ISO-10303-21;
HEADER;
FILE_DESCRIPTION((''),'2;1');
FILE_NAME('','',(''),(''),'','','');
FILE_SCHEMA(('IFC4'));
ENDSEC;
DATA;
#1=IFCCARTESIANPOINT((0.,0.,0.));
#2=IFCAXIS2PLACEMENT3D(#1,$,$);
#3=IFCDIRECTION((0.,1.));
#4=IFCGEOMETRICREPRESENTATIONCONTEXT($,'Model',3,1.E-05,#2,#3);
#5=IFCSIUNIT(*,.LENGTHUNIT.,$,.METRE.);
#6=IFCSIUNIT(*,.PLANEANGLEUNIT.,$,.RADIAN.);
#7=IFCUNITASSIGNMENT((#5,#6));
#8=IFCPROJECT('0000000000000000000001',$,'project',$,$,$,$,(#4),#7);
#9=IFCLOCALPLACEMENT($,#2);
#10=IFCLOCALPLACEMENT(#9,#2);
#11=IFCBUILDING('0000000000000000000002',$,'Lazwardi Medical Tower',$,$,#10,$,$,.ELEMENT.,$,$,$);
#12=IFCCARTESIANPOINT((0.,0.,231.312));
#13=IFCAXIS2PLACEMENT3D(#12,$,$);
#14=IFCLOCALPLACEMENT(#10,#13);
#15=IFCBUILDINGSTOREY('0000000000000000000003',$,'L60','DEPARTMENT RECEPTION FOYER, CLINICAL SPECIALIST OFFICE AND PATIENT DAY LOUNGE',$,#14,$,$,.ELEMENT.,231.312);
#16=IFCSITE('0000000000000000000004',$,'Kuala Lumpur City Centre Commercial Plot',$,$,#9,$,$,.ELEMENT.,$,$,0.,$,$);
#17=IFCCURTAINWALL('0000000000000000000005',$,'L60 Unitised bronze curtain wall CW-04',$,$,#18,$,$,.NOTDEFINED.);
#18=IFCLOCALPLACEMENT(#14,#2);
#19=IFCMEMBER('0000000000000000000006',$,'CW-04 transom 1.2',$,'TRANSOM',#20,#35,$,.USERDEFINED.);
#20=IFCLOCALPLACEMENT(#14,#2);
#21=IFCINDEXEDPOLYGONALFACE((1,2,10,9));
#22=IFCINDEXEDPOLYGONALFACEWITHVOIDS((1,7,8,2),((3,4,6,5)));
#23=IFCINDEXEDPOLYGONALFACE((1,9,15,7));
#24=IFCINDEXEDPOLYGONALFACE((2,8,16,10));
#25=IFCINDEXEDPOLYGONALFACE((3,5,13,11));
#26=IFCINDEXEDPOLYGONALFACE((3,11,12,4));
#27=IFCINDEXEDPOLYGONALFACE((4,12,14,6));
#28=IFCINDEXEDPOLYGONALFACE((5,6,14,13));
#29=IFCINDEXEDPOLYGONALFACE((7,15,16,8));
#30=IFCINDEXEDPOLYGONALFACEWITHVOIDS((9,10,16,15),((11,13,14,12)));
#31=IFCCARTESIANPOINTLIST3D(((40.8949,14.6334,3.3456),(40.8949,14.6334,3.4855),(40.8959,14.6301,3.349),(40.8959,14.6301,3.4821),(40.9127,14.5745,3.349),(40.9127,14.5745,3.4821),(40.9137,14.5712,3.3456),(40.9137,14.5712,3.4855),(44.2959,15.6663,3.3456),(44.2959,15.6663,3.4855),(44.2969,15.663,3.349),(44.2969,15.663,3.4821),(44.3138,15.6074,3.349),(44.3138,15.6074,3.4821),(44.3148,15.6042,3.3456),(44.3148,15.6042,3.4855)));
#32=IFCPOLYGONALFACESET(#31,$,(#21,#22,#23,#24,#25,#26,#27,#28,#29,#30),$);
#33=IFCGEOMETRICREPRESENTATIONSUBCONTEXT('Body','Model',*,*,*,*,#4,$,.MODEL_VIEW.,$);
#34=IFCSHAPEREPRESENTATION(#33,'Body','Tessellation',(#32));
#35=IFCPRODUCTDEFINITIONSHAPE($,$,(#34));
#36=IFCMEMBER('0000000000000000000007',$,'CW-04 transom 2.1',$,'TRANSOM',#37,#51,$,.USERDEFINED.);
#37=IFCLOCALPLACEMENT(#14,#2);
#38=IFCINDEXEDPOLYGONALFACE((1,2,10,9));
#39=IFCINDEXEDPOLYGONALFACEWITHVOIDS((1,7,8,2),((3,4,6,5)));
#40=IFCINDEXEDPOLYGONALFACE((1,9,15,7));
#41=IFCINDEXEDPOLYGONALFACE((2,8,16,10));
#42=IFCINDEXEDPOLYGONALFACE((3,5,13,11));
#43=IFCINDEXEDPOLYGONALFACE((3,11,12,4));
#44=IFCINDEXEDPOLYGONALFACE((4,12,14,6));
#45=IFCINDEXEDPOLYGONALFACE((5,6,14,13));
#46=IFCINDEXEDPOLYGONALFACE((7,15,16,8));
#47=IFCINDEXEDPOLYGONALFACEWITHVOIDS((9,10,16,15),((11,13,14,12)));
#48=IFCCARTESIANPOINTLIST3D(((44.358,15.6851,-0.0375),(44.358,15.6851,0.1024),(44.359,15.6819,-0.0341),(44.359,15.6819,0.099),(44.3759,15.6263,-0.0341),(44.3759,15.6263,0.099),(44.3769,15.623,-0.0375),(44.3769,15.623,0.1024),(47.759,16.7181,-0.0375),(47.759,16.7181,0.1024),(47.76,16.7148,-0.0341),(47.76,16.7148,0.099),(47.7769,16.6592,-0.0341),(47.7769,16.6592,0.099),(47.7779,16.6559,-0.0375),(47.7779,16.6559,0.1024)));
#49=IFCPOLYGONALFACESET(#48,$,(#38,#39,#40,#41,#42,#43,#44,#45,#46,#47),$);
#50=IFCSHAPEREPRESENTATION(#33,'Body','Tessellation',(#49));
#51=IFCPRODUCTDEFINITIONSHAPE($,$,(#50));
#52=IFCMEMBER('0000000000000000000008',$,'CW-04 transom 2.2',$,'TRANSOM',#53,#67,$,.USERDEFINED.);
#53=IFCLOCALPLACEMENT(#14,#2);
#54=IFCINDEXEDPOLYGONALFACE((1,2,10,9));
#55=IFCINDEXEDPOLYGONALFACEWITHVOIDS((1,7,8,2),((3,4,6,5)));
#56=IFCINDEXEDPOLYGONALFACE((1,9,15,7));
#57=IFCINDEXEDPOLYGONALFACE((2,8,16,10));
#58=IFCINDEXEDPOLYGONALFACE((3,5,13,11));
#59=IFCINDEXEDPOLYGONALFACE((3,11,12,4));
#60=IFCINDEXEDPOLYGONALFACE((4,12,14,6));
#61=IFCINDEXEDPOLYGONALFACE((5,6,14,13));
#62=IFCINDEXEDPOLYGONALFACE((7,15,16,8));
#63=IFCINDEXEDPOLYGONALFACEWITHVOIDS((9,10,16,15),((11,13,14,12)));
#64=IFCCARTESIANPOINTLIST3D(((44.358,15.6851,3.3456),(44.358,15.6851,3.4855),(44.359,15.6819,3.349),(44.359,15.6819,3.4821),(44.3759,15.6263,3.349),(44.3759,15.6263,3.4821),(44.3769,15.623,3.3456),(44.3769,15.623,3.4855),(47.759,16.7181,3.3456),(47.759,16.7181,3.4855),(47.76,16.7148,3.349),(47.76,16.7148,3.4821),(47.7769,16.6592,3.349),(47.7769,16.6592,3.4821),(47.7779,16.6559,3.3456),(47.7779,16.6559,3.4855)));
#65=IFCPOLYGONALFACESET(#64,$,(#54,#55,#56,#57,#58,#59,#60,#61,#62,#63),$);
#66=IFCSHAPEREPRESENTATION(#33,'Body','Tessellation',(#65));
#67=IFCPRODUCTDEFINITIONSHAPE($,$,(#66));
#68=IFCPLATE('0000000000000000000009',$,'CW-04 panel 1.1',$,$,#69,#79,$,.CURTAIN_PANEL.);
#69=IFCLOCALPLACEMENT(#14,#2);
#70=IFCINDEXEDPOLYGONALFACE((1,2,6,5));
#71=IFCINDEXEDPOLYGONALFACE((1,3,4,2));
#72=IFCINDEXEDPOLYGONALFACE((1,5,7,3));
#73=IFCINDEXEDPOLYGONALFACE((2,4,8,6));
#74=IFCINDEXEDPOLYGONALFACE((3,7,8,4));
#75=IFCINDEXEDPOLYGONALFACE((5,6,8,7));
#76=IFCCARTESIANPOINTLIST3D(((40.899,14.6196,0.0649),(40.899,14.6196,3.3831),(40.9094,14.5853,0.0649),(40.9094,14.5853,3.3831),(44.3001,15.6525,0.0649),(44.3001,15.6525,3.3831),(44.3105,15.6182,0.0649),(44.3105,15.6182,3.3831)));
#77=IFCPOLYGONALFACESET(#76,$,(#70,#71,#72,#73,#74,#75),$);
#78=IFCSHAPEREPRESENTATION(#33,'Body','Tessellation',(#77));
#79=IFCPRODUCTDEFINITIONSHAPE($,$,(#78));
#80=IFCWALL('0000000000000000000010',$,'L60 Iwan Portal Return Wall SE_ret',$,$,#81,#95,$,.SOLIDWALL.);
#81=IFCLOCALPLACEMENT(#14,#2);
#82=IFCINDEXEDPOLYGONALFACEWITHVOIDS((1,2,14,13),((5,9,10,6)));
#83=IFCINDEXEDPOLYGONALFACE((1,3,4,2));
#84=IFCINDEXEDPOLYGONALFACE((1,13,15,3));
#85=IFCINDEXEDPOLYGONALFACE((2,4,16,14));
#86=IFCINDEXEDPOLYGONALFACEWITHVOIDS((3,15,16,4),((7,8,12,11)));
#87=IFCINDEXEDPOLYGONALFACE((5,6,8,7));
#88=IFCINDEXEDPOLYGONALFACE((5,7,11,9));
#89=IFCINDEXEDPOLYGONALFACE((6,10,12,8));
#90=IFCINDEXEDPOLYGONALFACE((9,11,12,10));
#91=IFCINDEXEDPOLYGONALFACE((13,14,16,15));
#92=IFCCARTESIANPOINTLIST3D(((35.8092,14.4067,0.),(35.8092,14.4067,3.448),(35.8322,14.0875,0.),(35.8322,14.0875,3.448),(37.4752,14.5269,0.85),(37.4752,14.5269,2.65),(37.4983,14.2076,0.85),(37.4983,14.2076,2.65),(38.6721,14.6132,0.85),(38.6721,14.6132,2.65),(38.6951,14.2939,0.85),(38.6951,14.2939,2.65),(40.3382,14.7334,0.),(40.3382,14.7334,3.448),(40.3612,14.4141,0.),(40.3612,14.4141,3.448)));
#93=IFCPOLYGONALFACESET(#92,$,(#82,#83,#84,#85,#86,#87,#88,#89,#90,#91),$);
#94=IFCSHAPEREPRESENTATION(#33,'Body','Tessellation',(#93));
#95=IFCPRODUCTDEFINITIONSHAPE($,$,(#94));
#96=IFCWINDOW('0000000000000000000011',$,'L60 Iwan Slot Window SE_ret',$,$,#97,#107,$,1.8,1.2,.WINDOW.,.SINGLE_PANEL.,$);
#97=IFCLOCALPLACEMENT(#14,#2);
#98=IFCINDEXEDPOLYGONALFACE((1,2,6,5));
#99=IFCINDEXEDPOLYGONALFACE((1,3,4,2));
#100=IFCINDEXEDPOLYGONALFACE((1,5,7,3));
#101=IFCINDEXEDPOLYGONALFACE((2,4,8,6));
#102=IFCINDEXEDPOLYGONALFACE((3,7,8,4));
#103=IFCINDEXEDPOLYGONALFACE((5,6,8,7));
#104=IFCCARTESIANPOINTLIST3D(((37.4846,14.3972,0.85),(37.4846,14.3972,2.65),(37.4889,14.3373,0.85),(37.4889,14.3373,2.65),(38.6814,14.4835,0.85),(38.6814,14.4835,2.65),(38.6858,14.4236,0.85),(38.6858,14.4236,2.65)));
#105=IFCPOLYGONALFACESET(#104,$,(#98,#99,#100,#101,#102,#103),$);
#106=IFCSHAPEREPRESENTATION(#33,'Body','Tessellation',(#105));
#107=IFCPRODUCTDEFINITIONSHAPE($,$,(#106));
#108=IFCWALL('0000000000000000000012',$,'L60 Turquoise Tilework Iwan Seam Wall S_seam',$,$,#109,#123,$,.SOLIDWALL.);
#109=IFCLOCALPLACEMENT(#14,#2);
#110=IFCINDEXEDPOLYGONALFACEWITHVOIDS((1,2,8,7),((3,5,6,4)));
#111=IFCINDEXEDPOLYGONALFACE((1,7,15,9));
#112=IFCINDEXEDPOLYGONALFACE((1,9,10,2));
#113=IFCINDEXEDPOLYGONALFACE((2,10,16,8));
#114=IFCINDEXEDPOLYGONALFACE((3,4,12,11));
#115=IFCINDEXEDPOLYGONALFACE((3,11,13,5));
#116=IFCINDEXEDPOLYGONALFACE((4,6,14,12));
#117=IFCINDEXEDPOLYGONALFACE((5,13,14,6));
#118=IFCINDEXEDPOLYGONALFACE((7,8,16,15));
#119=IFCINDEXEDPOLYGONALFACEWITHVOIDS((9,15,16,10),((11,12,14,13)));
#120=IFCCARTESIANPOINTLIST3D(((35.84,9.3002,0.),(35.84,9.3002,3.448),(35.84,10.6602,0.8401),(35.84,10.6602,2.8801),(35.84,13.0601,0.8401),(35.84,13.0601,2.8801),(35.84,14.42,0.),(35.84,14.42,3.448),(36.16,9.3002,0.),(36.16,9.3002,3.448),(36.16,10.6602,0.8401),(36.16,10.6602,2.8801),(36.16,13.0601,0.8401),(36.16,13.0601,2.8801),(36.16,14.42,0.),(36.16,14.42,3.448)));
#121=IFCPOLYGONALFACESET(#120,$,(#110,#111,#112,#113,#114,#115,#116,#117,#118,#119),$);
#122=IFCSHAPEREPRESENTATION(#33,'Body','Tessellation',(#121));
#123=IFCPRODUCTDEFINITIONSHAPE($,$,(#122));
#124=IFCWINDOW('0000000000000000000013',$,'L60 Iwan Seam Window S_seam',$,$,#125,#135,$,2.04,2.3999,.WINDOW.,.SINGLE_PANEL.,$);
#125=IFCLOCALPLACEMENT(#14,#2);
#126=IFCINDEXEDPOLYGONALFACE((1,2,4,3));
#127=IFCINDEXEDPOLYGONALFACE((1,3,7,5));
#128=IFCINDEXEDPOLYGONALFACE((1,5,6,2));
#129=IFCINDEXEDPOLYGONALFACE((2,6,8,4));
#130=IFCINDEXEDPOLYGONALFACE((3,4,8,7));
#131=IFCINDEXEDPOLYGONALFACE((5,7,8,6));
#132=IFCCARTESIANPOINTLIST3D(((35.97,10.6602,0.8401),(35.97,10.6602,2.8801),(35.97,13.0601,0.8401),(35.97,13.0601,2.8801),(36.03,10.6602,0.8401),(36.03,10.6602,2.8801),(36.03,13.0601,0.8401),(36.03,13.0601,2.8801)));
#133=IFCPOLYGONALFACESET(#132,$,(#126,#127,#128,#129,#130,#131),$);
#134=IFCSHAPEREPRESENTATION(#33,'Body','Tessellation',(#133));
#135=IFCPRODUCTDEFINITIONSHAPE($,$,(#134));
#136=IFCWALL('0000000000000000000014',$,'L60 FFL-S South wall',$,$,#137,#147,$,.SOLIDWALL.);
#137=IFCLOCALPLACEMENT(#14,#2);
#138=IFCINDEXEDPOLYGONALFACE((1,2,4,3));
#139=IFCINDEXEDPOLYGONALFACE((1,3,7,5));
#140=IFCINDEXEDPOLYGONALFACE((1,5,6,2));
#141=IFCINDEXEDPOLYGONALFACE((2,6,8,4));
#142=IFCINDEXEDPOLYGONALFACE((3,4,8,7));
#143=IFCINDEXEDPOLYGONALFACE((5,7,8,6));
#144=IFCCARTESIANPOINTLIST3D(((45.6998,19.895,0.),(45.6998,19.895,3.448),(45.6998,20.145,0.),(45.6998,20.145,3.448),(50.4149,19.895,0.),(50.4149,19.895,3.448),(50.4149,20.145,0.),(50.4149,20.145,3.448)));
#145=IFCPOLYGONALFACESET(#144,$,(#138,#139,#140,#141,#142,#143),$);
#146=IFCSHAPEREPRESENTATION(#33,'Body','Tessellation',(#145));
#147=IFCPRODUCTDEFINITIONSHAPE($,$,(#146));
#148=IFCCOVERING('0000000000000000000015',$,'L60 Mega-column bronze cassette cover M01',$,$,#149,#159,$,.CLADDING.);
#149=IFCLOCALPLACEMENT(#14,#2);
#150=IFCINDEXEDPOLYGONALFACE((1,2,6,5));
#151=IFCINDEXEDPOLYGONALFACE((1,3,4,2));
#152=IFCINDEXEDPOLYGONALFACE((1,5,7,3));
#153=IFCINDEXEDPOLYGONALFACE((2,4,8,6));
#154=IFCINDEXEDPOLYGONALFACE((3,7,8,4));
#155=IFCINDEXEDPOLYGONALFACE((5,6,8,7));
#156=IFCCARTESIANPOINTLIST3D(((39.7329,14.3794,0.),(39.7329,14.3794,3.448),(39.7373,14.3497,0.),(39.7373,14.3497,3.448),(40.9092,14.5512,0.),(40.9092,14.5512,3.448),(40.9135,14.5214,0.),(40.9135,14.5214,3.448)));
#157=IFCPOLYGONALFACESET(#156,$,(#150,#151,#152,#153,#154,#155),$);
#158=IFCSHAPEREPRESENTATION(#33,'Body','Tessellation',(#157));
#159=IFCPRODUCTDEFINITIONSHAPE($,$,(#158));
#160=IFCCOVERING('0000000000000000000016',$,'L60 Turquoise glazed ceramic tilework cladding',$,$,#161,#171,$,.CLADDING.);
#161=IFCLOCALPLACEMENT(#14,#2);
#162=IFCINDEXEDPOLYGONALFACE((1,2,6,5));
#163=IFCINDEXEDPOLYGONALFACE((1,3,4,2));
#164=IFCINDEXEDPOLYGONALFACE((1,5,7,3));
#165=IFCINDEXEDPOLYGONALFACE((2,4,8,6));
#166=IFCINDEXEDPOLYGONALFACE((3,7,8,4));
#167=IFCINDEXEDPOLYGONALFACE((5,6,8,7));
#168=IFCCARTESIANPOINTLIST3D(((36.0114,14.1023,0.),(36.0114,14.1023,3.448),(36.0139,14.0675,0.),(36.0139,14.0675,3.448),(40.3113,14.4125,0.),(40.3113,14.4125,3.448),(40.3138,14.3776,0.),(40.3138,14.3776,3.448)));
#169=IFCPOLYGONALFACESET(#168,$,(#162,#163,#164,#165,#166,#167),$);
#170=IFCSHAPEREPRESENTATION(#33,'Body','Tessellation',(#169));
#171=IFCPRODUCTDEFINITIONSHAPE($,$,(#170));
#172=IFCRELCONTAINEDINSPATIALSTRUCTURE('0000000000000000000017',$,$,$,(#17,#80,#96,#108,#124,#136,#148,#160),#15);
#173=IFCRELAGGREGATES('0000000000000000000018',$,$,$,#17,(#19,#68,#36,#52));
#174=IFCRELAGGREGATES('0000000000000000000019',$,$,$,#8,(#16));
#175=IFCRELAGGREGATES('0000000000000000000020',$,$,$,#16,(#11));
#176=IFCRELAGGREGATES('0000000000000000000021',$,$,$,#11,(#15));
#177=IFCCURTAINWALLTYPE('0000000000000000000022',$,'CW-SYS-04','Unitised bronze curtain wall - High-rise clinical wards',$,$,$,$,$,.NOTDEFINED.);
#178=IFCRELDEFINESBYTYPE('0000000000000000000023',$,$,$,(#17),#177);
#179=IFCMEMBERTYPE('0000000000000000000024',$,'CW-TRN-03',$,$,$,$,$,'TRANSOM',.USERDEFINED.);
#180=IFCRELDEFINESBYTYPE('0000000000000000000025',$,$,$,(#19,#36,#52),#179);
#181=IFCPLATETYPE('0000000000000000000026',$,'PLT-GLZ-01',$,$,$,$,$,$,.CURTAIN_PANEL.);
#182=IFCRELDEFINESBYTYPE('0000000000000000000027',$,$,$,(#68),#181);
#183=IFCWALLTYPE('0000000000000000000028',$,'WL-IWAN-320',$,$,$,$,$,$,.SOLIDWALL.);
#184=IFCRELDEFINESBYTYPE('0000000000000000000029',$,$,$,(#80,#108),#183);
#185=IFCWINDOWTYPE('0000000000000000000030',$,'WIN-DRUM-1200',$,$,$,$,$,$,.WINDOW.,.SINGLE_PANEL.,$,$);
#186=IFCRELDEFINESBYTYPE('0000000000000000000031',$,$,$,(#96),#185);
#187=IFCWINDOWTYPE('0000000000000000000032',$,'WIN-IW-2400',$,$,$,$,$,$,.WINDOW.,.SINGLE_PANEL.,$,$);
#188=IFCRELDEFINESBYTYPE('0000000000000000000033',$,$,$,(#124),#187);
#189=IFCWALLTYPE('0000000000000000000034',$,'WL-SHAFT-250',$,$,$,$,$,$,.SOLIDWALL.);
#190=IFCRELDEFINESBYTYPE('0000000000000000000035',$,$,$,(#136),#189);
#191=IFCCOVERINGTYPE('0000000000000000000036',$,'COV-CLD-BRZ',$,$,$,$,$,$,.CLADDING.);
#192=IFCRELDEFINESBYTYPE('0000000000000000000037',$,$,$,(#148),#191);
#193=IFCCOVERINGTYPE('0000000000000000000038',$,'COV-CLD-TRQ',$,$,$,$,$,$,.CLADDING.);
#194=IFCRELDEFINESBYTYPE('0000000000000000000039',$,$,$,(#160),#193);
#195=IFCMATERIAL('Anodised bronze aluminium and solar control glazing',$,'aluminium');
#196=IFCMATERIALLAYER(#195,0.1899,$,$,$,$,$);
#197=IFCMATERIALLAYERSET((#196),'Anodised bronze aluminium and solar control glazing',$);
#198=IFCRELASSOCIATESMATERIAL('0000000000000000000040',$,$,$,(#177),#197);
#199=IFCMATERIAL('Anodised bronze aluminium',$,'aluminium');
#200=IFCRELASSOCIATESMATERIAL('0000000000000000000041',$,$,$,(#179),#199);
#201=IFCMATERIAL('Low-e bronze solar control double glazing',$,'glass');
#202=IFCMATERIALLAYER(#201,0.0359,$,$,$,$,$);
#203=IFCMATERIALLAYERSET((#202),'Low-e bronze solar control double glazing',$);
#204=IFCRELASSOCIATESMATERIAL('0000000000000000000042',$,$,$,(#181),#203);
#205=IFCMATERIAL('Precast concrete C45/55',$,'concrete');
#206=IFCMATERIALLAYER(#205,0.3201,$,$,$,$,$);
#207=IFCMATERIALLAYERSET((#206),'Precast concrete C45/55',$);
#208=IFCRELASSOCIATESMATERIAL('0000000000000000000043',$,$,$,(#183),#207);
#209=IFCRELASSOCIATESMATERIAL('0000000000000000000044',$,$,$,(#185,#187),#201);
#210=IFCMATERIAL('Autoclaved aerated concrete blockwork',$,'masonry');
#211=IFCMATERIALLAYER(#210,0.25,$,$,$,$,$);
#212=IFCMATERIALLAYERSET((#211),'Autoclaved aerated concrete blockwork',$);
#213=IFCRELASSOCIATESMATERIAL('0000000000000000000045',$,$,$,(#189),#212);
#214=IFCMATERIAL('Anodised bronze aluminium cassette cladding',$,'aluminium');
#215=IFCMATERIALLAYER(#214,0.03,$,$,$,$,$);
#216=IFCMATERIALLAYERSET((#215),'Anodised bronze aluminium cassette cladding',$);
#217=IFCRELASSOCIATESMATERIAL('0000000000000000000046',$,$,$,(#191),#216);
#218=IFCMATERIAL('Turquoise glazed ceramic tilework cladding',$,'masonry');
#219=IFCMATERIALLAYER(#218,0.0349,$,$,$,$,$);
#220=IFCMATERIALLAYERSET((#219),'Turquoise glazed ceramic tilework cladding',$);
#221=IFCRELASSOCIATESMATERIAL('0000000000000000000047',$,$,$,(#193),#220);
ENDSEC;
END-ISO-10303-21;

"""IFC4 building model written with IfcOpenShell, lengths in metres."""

from ifc_helpers import new_model, si_unit, direction, frame, frame_2d, origin, origin_2d, place, context, subcontext, project, spatial, rectangle, hollow_rectangle, extrude, material, layer, layer_set, material_profile, profile_set, type_object, element, fill, aggregate, save


model = new_model("IFC4")

# Units and contexts
model_context = context("Model", 3, precision=1e-05, world=origin(), true_north=direction((0.0, 1.0)))
body_context = subcontext(model_context, "Body", "Model", "MODEL_VIEW")
ifc_project = project(units=[si_unit("LENGTHUNIT", "METRE"), si_unit("PLANEANGLEUNIT", "RADIAN")], contexts=[model_context])

# Site, building, storey
site_placement = place(None, origin())
site = spatial("IfcSite", under=ifc_project, at=site_placement, Name="Kuala Lumpur City Centre Commercial Plot", CompositionType="ELEMENT", RefElevation=0.0)
building_placement = place(site_placement, origin())
building = spatial("IfcBuilding", under=site, at=building_placement, Name="Lazwardi Medical Tower", CompositionType="ELEMENT")
storey_placement = place(building_placement, frame((0.0, 0.0, 231.312)))
storey = spatial("IfcBuildingStorey", under=building, at=storey_placement, Name="L60", Description="DEPARTMENT RECEPTION FOYER, CLINICAL SPECIALIST OFFICE AND PATIENT DAY LOUNGE", CompositionType="ELEMENT", Elevation=231.312)

# Curtain wall, members, plate
ifc_material_1 = material(Name="Anodised bronze aluminium and solar control glazing", Category="aluminium")
ifc_layer_1 = layer(ifc_material_1, 0.1899)
ifc_layer_set_1 = layer_set([ifc_layer_1], Name="Anodised bronze aluminium and solar control glazing")
curtain_wall_type = type_object("IfcCurtainWallType", Name="CW-SYS-04", Description="Unitised bronze curtain wall - High-rise clinical wards", PredefinedType="NOTDEFINED", material=ifc_layer_set_1)
curtain_wall_placement = place(storey_placement, origin())
curtain_wall = element("IfcCurtainWall", 1, at=curtain_wall_placement, inside=storey, type_object=curtain_wall_type, Name="L60 Unitised bronze curtain wall CW-04", PredefinedType="NOTDEFINED")
ifc_material_2 = material(Name="Anodised bronze aluminium", Category="aluminium")
ifc_material_profile_1 = material_profile(ifc_material_2, hollow_rectangle(XDim=0.0649, YDim=0.1399, WallThickness=0.0034, at=origin_2d()), Name="ALU-TRANSOM 140x65x3.5")
ifc_profile_set_1 = profile_set([ifc_material_profile_1], Name="Anodised bronze aluminium")
member_type_1 = type_object("IfcMemberType", Name="CW-TRN-03", ElementType="TRANSOM", PredefinedType="USERDEFINED", material=ifc_profile_set_1)
member_1_placement = place(storey_placement, frame((40.9043, 14.6023, 3.4155), z_axis=(0.956843, 0.290604, 0.0), x_axis=(-0.290604, 0.956843, 0.0)))
member_1 = element("IfcMember", 2, at=member_1_placement, type_object=member_type_1, Name="CW-04 transom 1.2", ObjectType="TRANSOM", PredefinedType="USERDEFINED", context=body_context, shape_type="SweptSolid", body=[
    extrude(hollow_rectangle(XDim=0.0649, YDim=0.1399, WallThickness=0.0034, at=origin_2d()), origin(), (0.0, 0.0, 1.0), 3.5544),
])
member_2_placement = place(storey_placement, frame((44.3674, 15.6541, 0.0325), z_axis=(0.956843, 0.290604, 0.0), x_axis=(-0.290604, 0.956843, 0.0)))
member_2 = element("IfcMember", 3, at=member_2_placement, type_object=member_type_1, Name="CW-04 transom 2.1", ObjectType="TRANSOM", PredefinedType="USERDEFINED", context=body_context, shape_type="SweptSolid", body=[
    extrude(hollow_rectangle(XDim=0.0649, YDim=0.1399, WallThickness=0.0034, at=origin_2d()), origin(), (0.0, 0.0, 1.0), 3.5544),
])
member_3_placement = place(storey_placement, frame((44.3674, 15.6541, 3.4155), z_axis=(0.956843, 0.290604, 0.0), x_axis=(-0.290604, 0.956843, 0.0)))
member_3 = element("IfcMember", 4, at=member_3_placement, type_object=member_type_1, Name="CW-04 transom 2.2", ObjectType="TRANSOM", PredefinedType="USERDEFINED", context=body_context, shape_type="SweptSolid", body=[
    extrude(hollow_rectangle(XDim=0.0649, YDim=0.1399, WallThickness=0.0034, at=origin_2d()), origin(), (0.0, 0.0, 1.0), 3.5544),
])
ifc_material_3 = material(Name="Low-e bronze solar control double glazing", Category="glass")
ifc_layer_2 = layer(ifc_material_3, 0.0359)
ifc_layer_set_2 = layer_set([ifc_layer_2], Name="Low-e bronze solar control double glazing")
plate_type = type_object("IfcPlateType", Name="PLT-GLZ-01", PredefinedType="CURTAIN_PANEL", material=ifc_layer_set_2)
plate_placement = place(storey_placement, frame((42.6047, 15.1189, 0.0649), z_axis=(0.0, 0.0, 1.0), x_axis=(0.95685, 0.290582, 0.0)))
plate = element("IfcPlate", 5, at=plate_placement, type_object=plate_type, Name="CW-04 panel 1.1", PredefinedType="CURTAIN_PANEL", context=body_context, shape_type="SweptSolid", body=[
    extrude(rectangle(XDim=3.5544, YDim=0.0359, at=origin_2d()), origin(), (0.0, 0.0, 1.0), 3.3181),
])
aggregate(curtain_wall, [member_1, plate, member_2, member_3])

# Walls, openings, windows
ifc_material_4 = material(Name="Precast concrete C45/55", Category="concrete")
ifc_layer_3 = layer(ifc_material_4, 0.3201)
ifc_layer_set_3 = layer_set([ifc_layer_3], Name="Precast concrete C45/55")
wall_type_1 = type_object("IfcWallType", Name="WL-IWAN-320", PredefinedType="SOLIDWALL", material=ifc_layer_set_3)
wall_1_placement = place(storey_placement, frame((35.8206, 14.2471, 0.0), z_axis=(0.0, 0.0, 1.0), x_axis=(0.997409, 0.071939, 0.0)))
wall_1 = element("IfcWall", 6, at=wall_1_placement, inside=storey, type_object=wall_type_1, Name="L60 Iwan Portal Return Wall SE_ret", PredefinedType="SOLIDWALL", context=body_context, shape_type="SweptSolid", body=[
    extrude(rectangle(XDim=4.5408, YDim=0.3201, at=frame_2d((2.2705, 0.0))), origin(), (0.0, 0.0, 1.0), 3.448),
])
opening_1_placement = place(wall_1_placement, frame((1.6704, 0.0, 0.8501)))
opening_1 = element("IfcOpeningElement", 7, at=opening_1_placement, cuts=wall_1, PredefinedType="OPENING", context=body_context, shape_type="SweptSolid", body=[
    extrude(rectangle(XDim=1.2, YDim=1.8, at=frame_2d((0.6001, 0.8999))), frame((0.0, 0.1699, 0.0), z_axis=(0.0, -1.0, 0.0), x_axis=(1.0, 0.0, 0.0)), (0.0, 0.0, 1.0), 0.3401),
])
window_type_1 = type_object("IfcWindowType", Name="WIN-DRUM-1200", PartitioningType="SINGLE_PANEL", PredefinedType="WINDOW", material=ifc_material_3)
window_1_placement = place(opening_1_placement, origin())
window_1 = element("IfcWindow", 8, at=window_1_placement, inside=storey, type_object=window_type_1, Name="L60 Iwan Slot Window SE_ret", OverallHeight=1.8, OverallWidth=1.2, PartitioningType="SINGLE_PANEL", PredefinedType="WINDOW", context=body_context, shape_type="SweptSolid", body=[
    extrude(rectangle(XDim=1.2, YDim=1.8, at=frame_2d((0.6001, 0.8999))), frame((0.0, 0.03, 0.0), z_axis=(0.0, -1.0, 0.0), x_axis=(1.0, 0.0, 0.0)), (0.0, 0.0, 1.0), 0.0601),
])
fill(opening_1, window_1)
wall_2_placement = place(storey_placement, frame((36.0, 9.3, 0.0), z_axis=(0.0, 0.0, 1.0), x_axis=(0.0, 1.0, 0.0)))
wall_2 = element("IfcWall", 9, at=wall_2_placement, inside=storey, type_object=wall_type_1, Name="L60 Turquoise Tilework Iwan Seam Wall S_seam", PredefinedType="SOLIDWALL", context=body_context, shape_type="SweptSolid", body=[
    extrude(rectangle(XDim=5.1199, YDim=0.3201, at=frame_2d((2.5601, 0.0))), origin(), (0.0, 0.0, 1.0), 3.448),
])
opening_2_placement = place(wall_2_placement, frame((1.3601, 0.0, 0.8401)))
opening_2 = element("IfcOpeningElement", 10, at=opening_2_placement, cuts=wall_2, PredefinedType="OPENING", context=body_context, shape_type="SweptSolid", body=[
    extrude(rectangle(XDim=2.3999, YDim=2.04, at=frame_2d((1.2, 1.02))), frame((0.0, 0.1699, 0.0), z_axis=(0.0, -1.0, 0.0), x_axis=(1.0, 0.0, 0.0)), (0.0, 0.0, 1.0), 0.3401),
])
window_type_2 = type_object("IfcWindowType", Name="WIN-IW-2400", PartitioningType="SINGLE_PANEL", PredefinedType="WINDOW", material=ifc_material_3)
window_2_placement = place(opening_2_placement, origin())
window_2 = element("IfcWindow", 11, at=window_2_placement, inside=storey, type_object=window_type_2, Name="L60 Iwan Seam Window S_seam", OverallHeight=2.04, OverallWidth=2.3999, PartitioningType="SINGLE_PANEL", PredefinedType="WINDOW", context=body_context, shape_type="SweptSolid", body=[
    extrude(rectangle(XDim=2.3999, YDim=2.04, at=frame_2d((1.2, 1.02))), frame((0.0, 0.03, 0.0), z_axis=(0.0, -1.0, 0.0), x_axis=(1.0, 0.0, 0.0)), (0.0, 0.0, 1.0), 0.0601),
])
fill(opening_2, window_2)

# Wall
ifc_material_5 = material(Name="Autoclaved aerated concrete blockwork", Category="masonry")
ifc_layer_4 = layer(ifc_material_5, 0.25)
ifc_layer_set_4 = layer_set([ifc_layer_4], Name="Autoclaved aerated concrete blockwork")
wall_type_2 = type_object("IfcWallType", Name="WL-SHAFT-250", PredefinedType="SOLIDWALL", material=ifc_layer_set_4)
wall_3_placement = place(storey_placement, frame((45.7, 20.02, 0.0), z_axis=(0.0, 0.0, 1.0), x_axis=(1.0, 0.0, 0.0)))
element("IfcWall", 12, at=wall_3_placement, inside=storey, type_object=wall_type_2, Name="L60 FFL-S South wall", PredefinedType="SOLIDWALL", context=body_context, shape_type="SweptSolid", body=[
    extrude(rectangle(XDim=4.7151, YDim=0.25, at=frame_2d((2.3574, 0.0))), origin(), (0.0, 0.0, 1.0), 3.448),
])

# Coverings
ifc_material_6 = material(Name="Anodised bronze aluminium cassette cladding", Category="aluminium")
ifc_layer_5 = layer(ifc_material_6, 0.03)
ifc_layer_set_5 = layer_set([ifc_layer_5], Name="Anodised bronze aluminium cassette cladding")
covering_type_1 = type_object("IfcCoveringType", Name="COV-CLD-BRZ", PredefinedType="CLADDING", material=ifc_layer_set_5)
covering_1_placement = place(storey_placement, frame((40.3232, 14.4504, 0.0), z_axis=(0.0, 0.0, 1.0), x_axis=(0.989512, 0.144448, 0.0)))
element("IfcCovering", 13, at=covering_1_placement, inside=storey, type_object=covering_type_1, Name="L60 Mega-column bronze cassette cover M01", PredefinedType="CLADDING", context=body_context, shape_type="SweptSolid", body=[
    extrude(rectangle(XDim=1.1887, YDim=0.03, at=origin_2d()), origin(), (0.0, 0.0, 1.0), 3.448),
])
ifc_material_7 = material(Name="Turquoise glazed ceramic tilework cladding", Category="masonry")
ifc_layer_6 = layer(ifc_material_7, 0.0349)
ifc_layer_set_6 = layer_set([ifc_layer_6], Name="Turquoise glazed ceramic tilework cladding")
covering_type_2 = type_object("IfcCoveringType", Name="COV-CLD-TRQ", PredefinedType="CLADDING", material=ifc_layer_set_6)
covering_2_placement = place(storey_placement, frame((38.1626, 14.24, 0.0), z_axis=(0.0, 0.0, 1.0), x_axis=(0.997409, 0.071933, 0.0)))
element("IfcCovering", 14, at=covering_2_placement, inside=storey, type_object=covering_type_2, Name="L60 Turquoise glazed ceramic tilework cladding", PredefinedType="CLADDING", context=body_context, shape_type="SweptSolid", body=[
    extrude(rectangle(XDim=4.311, YDim=0.0349, at=origin_2d()), origin(), (0.0, 0.0, 1.0), 3.448),
])

save(model, "model.ifc")
